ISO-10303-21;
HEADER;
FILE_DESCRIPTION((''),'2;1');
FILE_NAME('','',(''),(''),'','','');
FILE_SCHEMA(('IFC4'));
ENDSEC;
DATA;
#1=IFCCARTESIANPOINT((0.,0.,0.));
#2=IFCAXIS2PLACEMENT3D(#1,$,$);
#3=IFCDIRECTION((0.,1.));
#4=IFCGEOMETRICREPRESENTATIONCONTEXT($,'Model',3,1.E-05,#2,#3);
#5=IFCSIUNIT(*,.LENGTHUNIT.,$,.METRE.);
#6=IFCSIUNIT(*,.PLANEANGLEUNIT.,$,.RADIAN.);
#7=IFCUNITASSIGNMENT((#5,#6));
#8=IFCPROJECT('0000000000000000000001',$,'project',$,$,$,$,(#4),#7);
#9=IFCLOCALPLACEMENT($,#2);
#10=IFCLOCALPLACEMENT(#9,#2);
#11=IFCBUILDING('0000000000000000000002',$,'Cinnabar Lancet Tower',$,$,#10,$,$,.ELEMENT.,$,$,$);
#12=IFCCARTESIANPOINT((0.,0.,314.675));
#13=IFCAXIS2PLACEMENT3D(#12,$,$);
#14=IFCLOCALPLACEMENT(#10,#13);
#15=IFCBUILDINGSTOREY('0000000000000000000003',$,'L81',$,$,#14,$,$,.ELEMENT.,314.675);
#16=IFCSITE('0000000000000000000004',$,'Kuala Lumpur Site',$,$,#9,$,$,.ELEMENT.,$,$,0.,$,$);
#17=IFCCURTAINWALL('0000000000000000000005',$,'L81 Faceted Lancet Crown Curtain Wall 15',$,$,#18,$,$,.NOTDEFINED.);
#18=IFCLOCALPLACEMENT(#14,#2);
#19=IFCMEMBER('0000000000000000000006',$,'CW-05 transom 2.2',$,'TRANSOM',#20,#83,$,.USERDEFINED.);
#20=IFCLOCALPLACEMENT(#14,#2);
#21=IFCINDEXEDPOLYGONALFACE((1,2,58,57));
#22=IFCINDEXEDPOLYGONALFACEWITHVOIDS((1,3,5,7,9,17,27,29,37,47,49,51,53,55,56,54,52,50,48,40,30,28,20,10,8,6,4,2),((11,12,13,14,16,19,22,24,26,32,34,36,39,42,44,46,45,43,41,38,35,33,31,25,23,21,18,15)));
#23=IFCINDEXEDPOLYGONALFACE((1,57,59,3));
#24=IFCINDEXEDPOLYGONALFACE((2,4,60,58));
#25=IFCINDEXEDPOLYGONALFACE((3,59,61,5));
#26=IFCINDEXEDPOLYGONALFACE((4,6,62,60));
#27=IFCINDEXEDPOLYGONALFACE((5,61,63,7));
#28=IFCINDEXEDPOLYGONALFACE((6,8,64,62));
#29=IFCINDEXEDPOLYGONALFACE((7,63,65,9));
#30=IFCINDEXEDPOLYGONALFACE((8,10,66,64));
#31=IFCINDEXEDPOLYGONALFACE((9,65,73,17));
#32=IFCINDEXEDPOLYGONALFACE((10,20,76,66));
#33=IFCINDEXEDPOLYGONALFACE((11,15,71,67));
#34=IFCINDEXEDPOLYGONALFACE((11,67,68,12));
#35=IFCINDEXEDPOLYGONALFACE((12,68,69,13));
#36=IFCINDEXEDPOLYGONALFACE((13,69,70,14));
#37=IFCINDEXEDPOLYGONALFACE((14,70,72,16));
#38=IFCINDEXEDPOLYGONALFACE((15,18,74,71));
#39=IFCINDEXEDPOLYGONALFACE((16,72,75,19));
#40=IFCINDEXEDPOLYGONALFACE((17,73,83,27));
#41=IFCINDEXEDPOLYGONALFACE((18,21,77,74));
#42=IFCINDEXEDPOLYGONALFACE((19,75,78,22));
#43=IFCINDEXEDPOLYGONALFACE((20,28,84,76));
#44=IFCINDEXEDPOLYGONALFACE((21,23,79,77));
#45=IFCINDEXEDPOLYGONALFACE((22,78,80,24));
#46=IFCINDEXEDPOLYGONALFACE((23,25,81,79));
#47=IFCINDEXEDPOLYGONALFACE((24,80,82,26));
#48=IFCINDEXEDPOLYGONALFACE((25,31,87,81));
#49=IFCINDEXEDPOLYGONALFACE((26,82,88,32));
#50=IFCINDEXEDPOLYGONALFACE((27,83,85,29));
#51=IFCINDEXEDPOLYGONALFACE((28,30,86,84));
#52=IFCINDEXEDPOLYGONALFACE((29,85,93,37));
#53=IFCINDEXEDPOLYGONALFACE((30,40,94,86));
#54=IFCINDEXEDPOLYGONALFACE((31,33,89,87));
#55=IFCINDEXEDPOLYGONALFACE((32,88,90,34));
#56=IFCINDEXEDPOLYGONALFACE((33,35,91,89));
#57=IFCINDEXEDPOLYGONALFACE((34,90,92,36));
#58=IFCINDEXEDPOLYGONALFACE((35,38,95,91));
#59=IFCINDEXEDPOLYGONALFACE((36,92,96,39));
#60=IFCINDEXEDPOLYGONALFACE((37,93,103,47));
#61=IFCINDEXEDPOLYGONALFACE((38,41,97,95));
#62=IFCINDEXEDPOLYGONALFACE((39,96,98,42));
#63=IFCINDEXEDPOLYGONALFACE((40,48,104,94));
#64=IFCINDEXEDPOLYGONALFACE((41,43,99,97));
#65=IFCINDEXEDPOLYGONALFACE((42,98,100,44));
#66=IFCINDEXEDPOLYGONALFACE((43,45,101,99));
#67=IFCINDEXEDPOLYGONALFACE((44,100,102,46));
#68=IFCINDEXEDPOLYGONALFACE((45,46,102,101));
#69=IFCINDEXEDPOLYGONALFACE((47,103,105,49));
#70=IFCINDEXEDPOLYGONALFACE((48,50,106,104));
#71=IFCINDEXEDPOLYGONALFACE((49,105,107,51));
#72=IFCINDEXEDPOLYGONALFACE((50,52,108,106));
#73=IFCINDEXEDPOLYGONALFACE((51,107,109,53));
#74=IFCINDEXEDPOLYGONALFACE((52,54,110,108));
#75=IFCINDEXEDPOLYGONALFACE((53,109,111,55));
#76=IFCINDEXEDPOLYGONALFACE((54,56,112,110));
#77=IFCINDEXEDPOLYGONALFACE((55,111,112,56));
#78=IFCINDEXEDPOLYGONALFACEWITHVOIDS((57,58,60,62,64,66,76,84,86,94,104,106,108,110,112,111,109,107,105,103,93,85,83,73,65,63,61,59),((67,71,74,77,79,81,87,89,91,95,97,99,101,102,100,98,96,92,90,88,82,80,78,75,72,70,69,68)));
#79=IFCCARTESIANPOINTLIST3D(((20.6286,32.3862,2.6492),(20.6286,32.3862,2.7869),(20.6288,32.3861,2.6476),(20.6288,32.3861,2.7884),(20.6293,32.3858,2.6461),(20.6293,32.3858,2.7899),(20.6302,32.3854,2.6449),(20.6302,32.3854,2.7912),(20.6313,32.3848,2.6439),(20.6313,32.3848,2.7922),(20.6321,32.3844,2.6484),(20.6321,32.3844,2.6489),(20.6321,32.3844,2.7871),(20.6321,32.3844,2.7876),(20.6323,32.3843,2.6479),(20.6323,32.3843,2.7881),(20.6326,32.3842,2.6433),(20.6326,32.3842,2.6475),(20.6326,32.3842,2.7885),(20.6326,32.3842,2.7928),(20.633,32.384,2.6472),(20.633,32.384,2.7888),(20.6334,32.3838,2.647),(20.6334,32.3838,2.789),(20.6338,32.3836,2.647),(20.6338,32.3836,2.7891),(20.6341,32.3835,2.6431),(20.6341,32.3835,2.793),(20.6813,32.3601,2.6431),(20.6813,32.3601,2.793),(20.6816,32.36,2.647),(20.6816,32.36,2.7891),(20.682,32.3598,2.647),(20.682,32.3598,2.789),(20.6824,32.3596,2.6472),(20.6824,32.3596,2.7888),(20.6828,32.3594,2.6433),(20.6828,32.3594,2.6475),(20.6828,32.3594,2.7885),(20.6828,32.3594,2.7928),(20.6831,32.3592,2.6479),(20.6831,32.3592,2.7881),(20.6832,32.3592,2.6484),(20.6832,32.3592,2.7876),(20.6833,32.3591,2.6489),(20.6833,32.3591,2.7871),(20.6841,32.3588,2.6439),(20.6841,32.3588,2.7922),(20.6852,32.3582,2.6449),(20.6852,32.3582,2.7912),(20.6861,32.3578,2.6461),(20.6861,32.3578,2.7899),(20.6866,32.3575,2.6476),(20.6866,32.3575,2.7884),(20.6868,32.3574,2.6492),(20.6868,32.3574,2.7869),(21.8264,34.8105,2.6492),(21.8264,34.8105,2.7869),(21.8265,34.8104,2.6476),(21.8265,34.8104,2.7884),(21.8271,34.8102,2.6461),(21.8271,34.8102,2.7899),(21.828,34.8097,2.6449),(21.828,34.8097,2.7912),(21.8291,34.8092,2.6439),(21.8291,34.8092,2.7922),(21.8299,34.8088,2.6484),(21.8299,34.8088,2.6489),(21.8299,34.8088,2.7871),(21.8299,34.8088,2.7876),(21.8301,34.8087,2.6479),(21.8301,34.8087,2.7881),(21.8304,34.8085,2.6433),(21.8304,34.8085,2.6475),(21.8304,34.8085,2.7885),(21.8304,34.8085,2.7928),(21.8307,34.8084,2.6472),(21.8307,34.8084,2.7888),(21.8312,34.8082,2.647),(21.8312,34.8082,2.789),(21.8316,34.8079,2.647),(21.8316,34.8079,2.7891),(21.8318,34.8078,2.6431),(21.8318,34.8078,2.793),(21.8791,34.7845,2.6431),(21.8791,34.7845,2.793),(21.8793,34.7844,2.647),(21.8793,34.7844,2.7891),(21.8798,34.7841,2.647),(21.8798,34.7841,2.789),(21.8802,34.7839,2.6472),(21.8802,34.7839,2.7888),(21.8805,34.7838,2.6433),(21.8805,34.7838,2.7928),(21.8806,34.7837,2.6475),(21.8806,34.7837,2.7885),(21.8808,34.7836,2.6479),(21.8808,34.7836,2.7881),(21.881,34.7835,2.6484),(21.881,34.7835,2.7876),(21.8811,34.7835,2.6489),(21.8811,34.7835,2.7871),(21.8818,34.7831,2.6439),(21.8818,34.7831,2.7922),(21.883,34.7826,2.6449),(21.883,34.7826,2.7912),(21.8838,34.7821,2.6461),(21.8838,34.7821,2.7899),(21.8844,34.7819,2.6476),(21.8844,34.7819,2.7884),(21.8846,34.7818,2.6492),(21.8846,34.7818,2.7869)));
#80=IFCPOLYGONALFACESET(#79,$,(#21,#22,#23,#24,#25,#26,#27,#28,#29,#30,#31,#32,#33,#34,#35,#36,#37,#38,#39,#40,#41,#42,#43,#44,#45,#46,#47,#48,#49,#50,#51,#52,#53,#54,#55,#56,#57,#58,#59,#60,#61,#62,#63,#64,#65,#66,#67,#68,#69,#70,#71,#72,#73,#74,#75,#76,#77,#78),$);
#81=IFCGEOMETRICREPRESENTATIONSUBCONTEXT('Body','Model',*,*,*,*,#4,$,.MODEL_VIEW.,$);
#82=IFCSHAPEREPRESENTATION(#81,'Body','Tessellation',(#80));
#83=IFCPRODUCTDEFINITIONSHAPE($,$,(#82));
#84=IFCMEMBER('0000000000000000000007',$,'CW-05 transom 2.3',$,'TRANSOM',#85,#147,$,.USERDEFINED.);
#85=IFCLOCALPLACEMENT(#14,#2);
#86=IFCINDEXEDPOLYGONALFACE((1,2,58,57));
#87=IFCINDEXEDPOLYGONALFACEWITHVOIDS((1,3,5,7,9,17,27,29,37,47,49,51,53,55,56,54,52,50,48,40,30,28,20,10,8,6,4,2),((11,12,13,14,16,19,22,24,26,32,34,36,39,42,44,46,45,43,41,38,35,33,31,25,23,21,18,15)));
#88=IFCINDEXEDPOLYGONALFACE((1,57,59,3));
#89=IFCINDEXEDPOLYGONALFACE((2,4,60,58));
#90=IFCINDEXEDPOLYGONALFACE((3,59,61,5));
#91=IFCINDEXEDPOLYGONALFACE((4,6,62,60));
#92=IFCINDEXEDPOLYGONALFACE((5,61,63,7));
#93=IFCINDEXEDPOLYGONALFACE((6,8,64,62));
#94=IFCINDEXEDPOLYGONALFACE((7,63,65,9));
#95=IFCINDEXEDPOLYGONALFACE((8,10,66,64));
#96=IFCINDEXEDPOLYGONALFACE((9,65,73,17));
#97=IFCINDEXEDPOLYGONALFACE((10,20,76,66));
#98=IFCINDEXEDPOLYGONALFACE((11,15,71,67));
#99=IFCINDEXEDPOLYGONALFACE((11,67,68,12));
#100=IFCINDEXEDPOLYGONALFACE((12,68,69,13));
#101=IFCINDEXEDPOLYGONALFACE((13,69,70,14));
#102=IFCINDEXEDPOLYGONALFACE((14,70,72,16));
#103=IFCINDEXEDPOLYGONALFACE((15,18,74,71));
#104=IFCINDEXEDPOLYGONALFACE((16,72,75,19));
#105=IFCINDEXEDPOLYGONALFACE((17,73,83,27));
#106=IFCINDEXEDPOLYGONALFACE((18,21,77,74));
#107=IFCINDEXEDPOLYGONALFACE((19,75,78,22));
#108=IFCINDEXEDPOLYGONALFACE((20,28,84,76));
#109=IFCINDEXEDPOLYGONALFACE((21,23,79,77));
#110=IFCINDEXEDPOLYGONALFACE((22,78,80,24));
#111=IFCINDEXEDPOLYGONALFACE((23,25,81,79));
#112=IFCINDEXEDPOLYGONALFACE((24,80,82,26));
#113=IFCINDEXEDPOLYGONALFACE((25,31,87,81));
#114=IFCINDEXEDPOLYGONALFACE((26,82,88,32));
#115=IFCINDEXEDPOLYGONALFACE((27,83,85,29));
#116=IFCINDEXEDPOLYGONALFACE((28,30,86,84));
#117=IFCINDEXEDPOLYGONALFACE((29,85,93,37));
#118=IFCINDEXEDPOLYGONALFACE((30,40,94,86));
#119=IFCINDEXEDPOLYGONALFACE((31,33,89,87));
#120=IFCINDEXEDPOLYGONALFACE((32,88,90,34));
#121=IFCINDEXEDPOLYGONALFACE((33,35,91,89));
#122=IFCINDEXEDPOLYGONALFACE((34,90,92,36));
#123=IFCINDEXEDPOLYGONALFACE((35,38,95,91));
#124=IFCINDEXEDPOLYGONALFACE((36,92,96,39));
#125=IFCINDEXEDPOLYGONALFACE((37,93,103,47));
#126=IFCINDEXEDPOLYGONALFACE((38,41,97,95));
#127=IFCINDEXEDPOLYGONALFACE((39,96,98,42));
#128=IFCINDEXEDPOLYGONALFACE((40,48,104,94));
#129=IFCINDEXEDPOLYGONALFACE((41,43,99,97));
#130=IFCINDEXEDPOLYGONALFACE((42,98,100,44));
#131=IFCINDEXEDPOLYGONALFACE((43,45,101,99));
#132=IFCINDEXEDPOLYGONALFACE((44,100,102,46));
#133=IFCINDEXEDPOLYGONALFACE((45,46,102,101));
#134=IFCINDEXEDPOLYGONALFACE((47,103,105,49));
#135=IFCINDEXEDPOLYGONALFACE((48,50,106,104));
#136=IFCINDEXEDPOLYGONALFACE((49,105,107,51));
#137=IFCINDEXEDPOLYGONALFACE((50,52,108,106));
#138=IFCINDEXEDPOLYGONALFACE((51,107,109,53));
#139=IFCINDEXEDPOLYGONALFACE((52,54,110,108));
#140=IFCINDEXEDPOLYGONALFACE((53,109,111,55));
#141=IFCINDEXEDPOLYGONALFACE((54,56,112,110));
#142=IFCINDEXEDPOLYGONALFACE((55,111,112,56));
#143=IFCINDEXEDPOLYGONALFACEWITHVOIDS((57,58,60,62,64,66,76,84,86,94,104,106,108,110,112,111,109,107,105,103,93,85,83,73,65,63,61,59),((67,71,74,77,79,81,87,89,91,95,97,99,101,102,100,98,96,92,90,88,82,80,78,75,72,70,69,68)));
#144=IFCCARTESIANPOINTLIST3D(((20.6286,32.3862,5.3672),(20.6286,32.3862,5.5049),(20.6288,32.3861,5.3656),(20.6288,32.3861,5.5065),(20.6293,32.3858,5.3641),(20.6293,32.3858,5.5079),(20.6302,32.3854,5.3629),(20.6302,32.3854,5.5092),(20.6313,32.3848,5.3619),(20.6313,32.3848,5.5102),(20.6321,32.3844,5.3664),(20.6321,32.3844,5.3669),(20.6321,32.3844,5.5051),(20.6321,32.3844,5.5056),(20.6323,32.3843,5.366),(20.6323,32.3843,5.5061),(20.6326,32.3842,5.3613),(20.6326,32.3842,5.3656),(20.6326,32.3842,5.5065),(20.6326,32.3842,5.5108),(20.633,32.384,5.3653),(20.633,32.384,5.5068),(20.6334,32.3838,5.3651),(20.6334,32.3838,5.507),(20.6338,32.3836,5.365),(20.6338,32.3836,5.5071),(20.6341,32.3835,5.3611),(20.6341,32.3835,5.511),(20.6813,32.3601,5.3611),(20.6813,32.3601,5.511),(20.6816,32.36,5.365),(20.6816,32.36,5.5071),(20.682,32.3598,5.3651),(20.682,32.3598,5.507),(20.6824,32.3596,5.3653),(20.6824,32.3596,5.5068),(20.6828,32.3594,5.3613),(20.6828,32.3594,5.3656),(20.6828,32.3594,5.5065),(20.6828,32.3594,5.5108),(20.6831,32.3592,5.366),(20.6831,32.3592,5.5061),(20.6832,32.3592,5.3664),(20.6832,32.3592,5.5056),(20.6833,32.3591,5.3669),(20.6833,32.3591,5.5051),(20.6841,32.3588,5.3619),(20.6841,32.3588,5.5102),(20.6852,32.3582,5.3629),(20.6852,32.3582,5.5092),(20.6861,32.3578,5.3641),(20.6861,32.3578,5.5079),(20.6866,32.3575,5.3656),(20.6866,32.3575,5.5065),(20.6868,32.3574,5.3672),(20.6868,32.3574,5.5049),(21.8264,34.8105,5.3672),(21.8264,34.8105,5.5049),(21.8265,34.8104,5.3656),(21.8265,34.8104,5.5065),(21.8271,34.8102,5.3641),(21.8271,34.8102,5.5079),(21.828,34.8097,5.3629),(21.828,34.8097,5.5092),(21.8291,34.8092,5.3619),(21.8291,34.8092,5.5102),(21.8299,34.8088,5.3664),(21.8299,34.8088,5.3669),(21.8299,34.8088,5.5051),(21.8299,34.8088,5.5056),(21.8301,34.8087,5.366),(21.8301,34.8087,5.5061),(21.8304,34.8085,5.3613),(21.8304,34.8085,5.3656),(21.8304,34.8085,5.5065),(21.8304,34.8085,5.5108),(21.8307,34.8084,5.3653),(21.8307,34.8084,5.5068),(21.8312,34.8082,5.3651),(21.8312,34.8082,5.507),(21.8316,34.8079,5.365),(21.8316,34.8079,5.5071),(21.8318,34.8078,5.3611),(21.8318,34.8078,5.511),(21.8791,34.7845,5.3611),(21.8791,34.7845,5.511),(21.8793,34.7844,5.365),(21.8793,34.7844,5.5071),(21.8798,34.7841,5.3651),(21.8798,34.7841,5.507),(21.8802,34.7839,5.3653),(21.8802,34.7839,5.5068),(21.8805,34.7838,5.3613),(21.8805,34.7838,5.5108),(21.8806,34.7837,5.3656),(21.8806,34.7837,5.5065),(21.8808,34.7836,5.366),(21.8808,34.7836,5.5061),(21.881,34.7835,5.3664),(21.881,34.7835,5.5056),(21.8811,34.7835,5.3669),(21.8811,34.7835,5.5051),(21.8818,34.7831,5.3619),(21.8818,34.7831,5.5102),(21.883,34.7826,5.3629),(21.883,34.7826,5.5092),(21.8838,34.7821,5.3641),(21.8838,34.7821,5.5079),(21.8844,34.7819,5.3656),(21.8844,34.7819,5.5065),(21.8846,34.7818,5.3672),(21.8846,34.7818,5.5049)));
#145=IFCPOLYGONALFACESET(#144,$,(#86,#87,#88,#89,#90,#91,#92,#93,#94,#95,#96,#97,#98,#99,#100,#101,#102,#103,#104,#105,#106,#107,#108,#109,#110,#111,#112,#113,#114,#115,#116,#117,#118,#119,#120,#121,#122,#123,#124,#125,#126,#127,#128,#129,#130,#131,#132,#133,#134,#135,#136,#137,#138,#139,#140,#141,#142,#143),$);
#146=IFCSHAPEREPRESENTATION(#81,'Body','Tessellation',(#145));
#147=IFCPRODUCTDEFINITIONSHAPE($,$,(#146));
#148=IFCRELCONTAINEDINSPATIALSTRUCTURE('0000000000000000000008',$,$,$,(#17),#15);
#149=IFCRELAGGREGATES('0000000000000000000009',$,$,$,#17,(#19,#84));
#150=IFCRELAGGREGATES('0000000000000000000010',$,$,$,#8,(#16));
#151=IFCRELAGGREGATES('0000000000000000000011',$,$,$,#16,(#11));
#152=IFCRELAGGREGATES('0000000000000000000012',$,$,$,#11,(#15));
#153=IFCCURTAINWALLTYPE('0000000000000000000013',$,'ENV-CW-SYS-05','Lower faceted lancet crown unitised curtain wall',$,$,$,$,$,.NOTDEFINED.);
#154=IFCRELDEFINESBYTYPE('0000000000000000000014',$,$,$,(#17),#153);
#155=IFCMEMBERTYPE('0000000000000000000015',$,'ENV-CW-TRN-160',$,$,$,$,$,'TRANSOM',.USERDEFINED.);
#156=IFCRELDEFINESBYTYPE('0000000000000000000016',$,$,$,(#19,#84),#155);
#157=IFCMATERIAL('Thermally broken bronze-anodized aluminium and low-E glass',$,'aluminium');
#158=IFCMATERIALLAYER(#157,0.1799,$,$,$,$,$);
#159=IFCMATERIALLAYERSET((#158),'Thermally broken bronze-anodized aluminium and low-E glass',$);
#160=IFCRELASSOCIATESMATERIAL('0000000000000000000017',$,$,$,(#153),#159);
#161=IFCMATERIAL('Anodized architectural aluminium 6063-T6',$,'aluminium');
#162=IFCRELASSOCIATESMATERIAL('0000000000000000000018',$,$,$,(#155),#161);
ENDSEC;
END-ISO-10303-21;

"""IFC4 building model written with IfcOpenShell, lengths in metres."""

from ifc_helpers import new_model, si_unit, direction, frame, origin, origin_2d, place, context, subcontext, project, spatial, hollow_rectangle, extrude, material, layer, layer_set, material_profile, profile_set, type_object, element, aggregate, save


model = new_model("IFC4")

# Units and contexts
model_context = context("Model", 3, precision=1e-05, world=origin(), true_north=direction((0.0, 1.0)))
body_context = subcontext(model_context, "Body", "Model", "MODEL_VIEW")
ifc_project = project(units=[si_unit("LENGTHUNIT", "METRE"), si_unit("PLANEANGLEUNIT", "RADIAN")], contexts=[model_context])

# Site, building, storey
site_placement = place(None, origin())
site = spatial("IfcSite", under=ifc_project, at=site_placement, Name="Kuala Lumpur Site", CompositionType="ELEMENT", RefElevation=0.0)
building_placement = place(site_placement, origin())
building = spatial("IfcBuilding", under=site, at=building_placement, Name="Cinnabar Lancet Tower", CompositionType="ELEMENT")
storey_placement = place(building_placement, frame((0.0, 0.0, 314.675)))
storey = spatial("IfcBuildingStorey", under=building, at=storey_placement, Name="L81", CompositionType="ELEMENT", Elevation=314.675)

# Shared definitions
ifc_material_1 = material(Name="Thermally broken bronze-anodized aluminium and low-E glass", Category="aluminium")
ifc_layer_1 = layer(ifc_material_1, 0.1799)
ifc_layer_set_1 = layer_set([ifc_layer_1], Name="Thermally broken bronze-anodized aluminium and low-E glass")
curtain_wall_type = type_object("IfcCurtainWallType", Name="ENV-CW-SYS-05", Description="Lower faceted lancet crown unitised curtain wall", PredefinedType="NOTDEFINED", material=ifc_layer_set_1)

# Curtain wall, members
curtain_wall_1_placement = place(storey_placement, origin())
curtain_wall_1 = element("IfcCurtainWall", 1, at=curtain_wall_1_placement, inside=storey, type_object=curtain_wall_type, Name="L81 Faceted Lancet Crown Curtain Wall 15", PredefinedType="NOTDEFINED")
ifc_material_2 = material(Name="Anodized architectural aluminium 6063-T6", Category="aluminium")
ifc_material_profile_1 = material_profile(ifc_material_2, hollow_rectangle(XDim=0.0649, YDim=0.1499, WallThickness=0.0039, InnerFilletRadius=0.002, OuterFilletRadius=0.0061, at=origin_2d()), Name="CW-TRN 150x65x4")
ifc_profile_set_1 = profile_set([ifc_material_profile_1], Name="Anodized architectural aluminium 6063-T6")
member_type_1 = type_object("IfcMemberType", Name="ENV-CW-TRN-160", ElementType="TRANSOM", PredefinedType="USERDEFINED", material=ifc_profile_set_1)
member_1_placement = place(storey_placement, frame((21.8555, 34.7961, 2.718), z_axis=(-0.442947, -0.896548, 0.0), x_axis=(0.896548, -0.442947, 0.0)))
member_1 = element("IfcMember", 2, at=member_1_placement, type_object=member_type_1, Name="CW-05 transom 2.2", ObjectType="TRANSOM", PredefinedType="USERDEFINED", context=body_context, shape_type="SweptSolid", body=[
    extrude(hollow_rectangle(XDim=0.0649, YDim=0.1499, WallThickness=0.0039, InnerFilletRadius=0.002, OuterFilletRadius=0.0061, at=origin_2d()), origin(), (0.0, 0.0, 1.0), 2.7041),
])
member_2_placement = place(storey_placement, frame((21.8555, 34.7961, 5.436), z_axis=(-0.442947, -0.896548, 0.0), x_axis=(0.896548, -0.442947, 0.0)))
member_2 = element("IfcMember", 3, at=member_2_placement, type_object=member_type_1, Name="CW-05 transom 2.3", ObjectType="TRANSOM", PredefinedType="USERDEFINED", context=body_context, shape_type="SweptSolid", body=[
    extrude(hollow_rectangle(XDim=0.0649, YDim=0.1499, WallThickness=0.0039, InnerFilletRadius=0.002, OuterFilletRadius=0.0061, at=origin_2d()), origin(), (0.0, 0.0, 1.0), 2.7041),
])
aggregate(curtain_wall_1, [member_1, member_2])

save(model, "model.ifc")
